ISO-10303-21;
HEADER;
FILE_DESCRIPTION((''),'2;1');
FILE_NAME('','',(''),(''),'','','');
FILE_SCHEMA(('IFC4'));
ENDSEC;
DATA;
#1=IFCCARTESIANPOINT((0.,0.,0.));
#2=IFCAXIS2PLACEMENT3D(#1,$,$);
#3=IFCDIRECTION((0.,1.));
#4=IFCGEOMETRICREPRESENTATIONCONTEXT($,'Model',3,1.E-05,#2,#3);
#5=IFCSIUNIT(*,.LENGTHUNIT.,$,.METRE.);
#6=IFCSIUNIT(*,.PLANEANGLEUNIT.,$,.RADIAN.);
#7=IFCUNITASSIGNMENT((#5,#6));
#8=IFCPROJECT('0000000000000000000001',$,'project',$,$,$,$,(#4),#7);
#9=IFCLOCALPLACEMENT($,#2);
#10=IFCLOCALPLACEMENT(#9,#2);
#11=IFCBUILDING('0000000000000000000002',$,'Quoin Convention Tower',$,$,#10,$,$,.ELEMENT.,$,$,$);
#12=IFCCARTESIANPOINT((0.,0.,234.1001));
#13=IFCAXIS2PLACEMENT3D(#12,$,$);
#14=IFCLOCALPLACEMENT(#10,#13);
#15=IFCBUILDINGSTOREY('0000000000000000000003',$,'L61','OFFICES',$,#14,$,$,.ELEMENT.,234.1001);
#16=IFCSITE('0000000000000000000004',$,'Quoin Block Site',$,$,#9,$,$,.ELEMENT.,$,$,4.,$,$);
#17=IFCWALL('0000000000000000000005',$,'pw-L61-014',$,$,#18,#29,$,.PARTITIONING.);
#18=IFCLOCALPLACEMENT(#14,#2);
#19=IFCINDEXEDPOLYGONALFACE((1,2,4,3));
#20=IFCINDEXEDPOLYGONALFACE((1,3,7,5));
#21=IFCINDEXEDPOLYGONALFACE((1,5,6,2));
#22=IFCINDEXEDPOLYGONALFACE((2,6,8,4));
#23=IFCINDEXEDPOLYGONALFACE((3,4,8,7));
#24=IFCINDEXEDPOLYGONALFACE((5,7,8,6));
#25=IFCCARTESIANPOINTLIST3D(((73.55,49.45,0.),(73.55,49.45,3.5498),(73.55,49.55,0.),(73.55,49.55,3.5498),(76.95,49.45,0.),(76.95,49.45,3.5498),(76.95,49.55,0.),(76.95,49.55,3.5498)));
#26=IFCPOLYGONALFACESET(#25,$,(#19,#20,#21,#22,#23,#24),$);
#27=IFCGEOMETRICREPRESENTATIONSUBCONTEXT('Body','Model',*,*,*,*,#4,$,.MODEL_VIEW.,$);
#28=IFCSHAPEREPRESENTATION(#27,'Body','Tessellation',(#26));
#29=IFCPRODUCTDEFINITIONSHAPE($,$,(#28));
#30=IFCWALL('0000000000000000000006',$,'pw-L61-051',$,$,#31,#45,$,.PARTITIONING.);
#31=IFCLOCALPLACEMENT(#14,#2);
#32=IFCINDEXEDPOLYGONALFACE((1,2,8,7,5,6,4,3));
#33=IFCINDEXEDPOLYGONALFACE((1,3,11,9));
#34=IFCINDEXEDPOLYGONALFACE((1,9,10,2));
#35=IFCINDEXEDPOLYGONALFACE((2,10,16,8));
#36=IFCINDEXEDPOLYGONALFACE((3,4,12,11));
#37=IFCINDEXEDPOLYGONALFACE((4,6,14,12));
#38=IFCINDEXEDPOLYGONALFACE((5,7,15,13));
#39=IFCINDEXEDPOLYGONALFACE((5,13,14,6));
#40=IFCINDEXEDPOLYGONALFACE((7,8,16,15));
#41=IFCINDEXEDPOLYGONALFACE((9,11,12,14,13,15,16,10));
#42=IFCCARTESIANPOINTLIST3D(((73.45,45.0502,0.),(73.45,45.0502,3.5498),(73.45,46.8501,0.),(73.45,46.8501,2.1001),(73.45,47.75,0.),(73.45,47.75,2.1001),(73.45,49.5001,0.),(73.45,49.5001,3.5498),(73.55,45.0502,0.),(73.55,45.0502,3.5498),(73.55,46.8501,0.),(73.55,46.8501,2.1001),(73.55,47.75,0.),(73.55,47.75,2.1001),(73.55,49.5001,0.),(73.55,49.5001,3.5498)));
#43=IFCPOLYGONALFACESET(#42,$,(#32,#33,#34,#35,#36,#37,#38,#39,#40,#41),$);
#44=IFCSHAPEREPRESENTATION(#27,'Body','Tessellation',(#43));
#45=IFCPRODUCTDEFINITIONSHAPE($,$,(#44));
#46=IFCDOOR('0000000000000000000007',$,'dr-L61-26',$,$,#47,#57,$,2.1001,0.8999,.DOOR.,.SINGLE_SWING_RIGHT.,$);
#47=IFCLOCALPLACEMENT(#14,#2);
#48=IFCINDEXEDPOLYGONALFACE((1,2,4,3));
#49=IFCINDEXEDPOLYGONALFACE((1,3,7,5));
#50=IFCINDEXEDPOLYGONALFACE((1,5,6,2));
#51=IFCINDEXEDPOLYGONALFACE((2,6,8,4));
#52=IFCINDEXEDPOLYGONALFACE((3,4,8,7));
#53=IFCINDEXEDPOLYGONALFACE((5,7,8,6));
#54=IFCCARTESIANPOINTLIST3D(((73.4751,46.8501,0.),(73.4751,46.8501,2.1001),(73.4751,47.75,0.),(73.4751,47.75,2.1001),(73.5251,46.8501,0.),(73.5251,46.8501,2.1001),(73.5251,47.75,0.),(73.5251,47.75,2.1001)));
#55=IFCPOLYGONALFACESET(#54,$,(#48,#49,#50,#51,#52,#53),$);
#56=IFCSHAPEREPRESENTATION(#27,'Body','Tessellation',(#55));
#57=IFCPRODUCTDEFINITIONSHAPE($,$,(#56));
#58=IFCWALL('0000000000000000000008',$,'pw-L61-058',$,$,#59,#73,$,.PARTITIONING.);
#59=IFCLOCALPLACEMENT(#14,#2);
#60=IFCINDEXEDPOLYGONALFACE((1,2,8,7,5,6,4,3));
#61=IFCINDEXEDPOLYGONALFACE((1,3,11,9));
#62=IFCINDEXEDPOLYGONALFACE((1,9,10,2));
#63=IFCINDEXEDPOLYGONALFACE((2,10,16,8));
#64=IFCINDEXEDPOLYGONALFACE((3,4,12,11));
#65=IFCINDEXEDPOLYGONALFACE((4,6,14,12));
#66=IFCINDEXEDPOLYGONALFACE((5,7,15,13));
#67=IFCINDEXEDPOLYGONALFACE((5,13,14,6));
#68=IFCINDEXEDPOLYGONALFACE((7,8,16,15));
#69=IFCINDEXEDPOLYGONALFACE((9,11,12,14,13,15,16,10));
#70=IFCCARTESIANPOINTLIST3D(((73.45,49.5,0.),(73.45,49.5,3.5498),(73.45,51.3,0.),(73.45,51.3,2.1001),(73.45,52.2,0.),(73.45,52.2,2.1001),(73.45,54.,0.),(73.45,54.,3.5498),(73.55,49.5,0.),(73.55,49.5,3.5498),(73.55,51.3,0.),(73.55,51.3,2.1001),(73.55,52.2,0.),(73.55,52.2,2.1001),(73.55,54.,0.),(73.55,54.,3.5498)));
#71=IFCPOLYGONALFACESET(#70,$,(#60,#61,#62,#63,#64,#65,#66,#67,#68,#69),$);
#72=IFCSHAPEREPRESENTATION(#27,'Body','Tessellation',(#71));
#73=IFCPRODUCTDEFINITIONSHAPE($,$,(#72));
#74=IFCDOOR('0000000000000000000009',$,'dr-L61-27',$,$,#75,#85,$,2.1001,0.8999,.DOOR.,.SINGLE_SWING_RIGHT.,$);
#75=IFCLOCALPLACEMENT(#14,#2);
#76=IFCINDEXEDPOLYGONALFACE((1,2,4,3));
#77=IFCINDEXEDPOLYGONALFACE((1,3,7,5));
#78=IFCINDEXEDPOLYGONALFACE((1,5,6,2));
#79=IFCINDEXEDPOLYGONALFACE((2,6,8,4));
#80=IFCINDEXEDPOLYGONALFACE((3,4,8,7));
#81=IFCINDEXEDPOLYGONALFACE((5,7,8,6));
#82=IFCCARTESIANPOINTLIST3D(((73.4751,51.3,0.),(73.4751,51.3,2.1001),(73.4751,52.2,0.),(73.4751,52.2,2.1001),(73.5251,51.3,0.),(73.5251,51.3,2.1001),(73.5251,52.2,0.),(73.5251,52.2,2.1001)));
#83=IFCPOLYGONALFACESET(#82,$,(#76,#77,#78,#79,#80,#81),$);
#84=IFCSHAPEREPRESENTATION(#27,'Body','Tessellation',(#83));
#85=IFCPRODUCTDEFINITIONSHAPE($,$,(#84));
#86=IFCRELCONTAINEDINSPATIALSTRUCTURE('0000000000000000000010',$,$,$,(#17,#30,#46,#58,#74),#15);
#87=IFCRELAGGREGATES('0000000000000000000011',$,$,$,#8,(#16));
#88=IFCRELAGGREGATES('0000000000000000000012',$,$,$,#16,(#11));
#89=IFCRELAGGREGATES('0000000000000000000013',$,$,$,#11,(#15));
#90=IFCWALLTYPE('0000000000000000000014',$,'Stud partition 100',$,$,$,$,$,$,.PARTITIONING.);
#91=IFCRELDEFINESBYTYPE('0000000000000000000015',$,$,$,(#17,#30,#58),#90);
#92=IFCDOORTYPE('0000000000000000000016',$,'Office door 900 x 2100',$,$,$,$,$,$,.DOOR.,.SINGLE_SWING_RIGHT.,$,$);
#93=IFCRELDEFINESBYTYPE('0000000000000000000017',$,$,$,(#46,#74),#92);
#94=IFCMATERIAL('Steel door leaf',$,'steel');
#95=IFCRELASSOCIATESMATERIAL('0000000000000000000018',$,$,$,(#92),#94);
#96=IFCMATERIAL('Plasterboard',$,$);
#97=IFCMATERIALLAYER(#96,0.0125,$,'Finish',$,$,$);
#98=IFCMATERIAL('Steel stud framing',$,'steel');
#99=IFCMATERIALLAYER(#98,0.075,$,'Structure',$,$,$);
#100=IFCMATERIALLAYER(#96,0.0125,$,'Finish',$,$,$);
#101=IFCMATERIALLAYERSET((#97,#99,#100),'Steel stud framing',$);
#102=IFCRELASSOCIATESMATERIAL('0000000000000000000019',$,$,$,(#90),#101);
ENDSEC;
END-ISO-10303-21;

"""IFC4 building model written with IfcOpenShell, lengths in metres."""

from ifc_helpers import new_model, si_unit, direction, frame, frame_2d, origin, place, context, subcontext, project, spatial, rectangle, extrude, material, layer, layer_set, type_object, element, fill, save


model = new_model("IFC4")

# Units and contexts
model_context = context("Model", 3, precision=1e-05, world=origin(), true_north=direction((0.0, 1.0)))
body_context = subcontext(model_context, "Body", "Model", "MODEL_VIEW")
ifc_project = project(units=[si_unit("LENGTHUNIT", "METRE"), si_unit("PLANEANGLEUNIT", "RADIAN")], contexts=[model_context])

# Site, building, storey
site_placement = place(None, origin())
site = spatial("IfcSite", under=ifc_project, at=site_placement, Name="Quoin Block Site", CompositionType="ELEMENT", RefElevation=4.0)
building_placement = place(site_placement, origin())
building = spatial("IfcBuilding", under=site, at=building_placement, Name="Quoin Convention Tower", CompositionType="ELEMENT")
storey_placement = place(building_placement, frame((0.0, 0.0, 234.1001)))
storey = spatial("IfcBuildingStorey", under=building, at=storey_placement, Name="L61", Description="OFFICES", CompositionType="ELEMENT", Elevation=234.1001)

# Shared definitions
ifc_material_1 = material(Name="Plasterboard")
ifc_material_2 = material(Name="Steel stud framing", Category="steel")

# Shared definitions
ifc_material_3 = material(Name="Steel door leaf", Category="steel")
door_type = type_object("IfcDoorType", Name="Office door 900 x 2100", OperationType="SINGLE_SWING_RIGHT", PredefinedType="DOOR", material=ifc_material_3)

# Wall
ifc_layer_1 = layer(ifc_material_1, 0.0125, Name="Finish")
ifc_layer_2 = layer(ifc_material_2, 0.075, Name="Structure")
ifc_layer_3 = layer(ifc_material_1, 0.0125, Name="Finish")
ifc_layer_set_1 = layer_set([ifc_layer_1, ifc_layer_2, ifc_layer_3], Name="Steel stud framing")
wall_type_1 = type_object("IfcWallType", Name="Stud partition 100", PredefinedType="PARTITIONING", material=ifc_layer_set_1)
wall_1_placement = place(storey_placement, frame((73.55, 49.5, 0.0), z_axis=(0.0, 0.0, 1.0), x_axis=(1.0, 0.0, 0.0)))
element("IfcWall", 1, at=wall_1_placement, inside=storey, type_object=wall_type_1, Name="pw-L61-014", PredefinedType="PARTITIONING", context=body_context, shape_type="SweptSolid", body=[
    extrude(rectangle(XDim=3.3999, YDim=0.1001, at=frame_2d((1.7, 0.0))), origin(), (0.0, 0.0, 1.0), 3.5498),
])

# Walls, openings, doors
wall_2_placement = place(storey_placement, frame((73.5, 45.05, 0.0), z_axis=(0.0, 0.0, 1.0), x_axis=(0.0, 1.0, 0.0)))
wall_2 = element("IfcWall", 2, at=wall_2_placement, inside=storey, type_object=wall_type_1, Name="pw-L61-051", PredefinedType="PARTITIONING", context=body_context, shape_type="SweptSolid", body=[
    extrude(rectangle(XDim=4.45, YDim=0.1001, at=frame_2d((2.2251, 0.0))), origin(), (0.0, 0.0, 1.0), 3.5498),
])
opening_1_placement = place(wall_2_placement, frame((1.8, 0.0, 0.0)))
opening_1 = element("IfcOpeningElement", 3, at=opening_1_placement, cuts=wall_2, PredefinedType="OPENING", context=body_context, shape_type="SweptSolid", body=[
    extrude(rectangle(XDim=0.8999, YDim=2.1001, at=frame_2d((0.45, 1.05))), frame((0.0, 0.0601, 0.0), z_axis=(0.0, -1.0, 0.0), x_axis=(1.0, 0.0, 0.0)), (0.0, 0.0, 1.0), 0.1201),
])
door_1_placement = place(opening_1_placement, origin())
door_1 = element("IfcDoor", 4, at=door_1_placement, inside=storey, type_object=door_type, Name="dr-L61-26", OperationType="SINGLE_SWING_RIGHT", OverallHeight=2.1001, OverallWidth=0.8999, PredefinedType="DOOR", context=body_context, shape_type="SweptSolid", body=[
    extrude(rectangle(XDim=0.8999, YDim=2.1001, at=frame_2d((0.45, 1.05))), frame((0.0, 0.0249, 0.0), z_axis=(0.0, -1.0, 0.0), x_axis=(1.0, 0.0, 0.0)), (0.0, 0.0, 1.0), 0.05),
])
fill(opening_1, door_1)
wall_3_placement = place(storey_placement, frame((73.5, 49.5, 0.0), z_axis=(0.0, 0.0, 1.0), x_axis=(0.0, 1.0, 0.0)))
wall_3 = element("IfcWall", 5, at=wall_3_placement, inside=storey, type_object=wall_type_1, Name="pw-L61-058", PredefinedType="PARTITIONING", context=body_context, shape_type="SweptSolid", body=[
    extrude(rectangle(XDim=4.5, YDim=0.1001, at=frame_2d((2.25, 0.0))), origin(), (0.0, 0.0, 1.0), 3.5498),
])
opening_2_placement = place(wall_3_placement, frame((1.8, 0.0, 0.0)))
opening_2 = element("IfcOpeningElement", 6, at=opening_2_placement, cuts=wall_3, PredefinedType="OPENING", context=body_context, shape_type="SweptSolid", body=[
    extrude(rectangle(XDim=0.8999, YDim=2.1001, at=frame_2d((0.45, 1.05))), frame((0.0, 0.0601, 0.0), z_axis=(0.0, -1.0, 0.0), x_axis=(1.0, 0.0, 0.0)), (0.0, 0.0, 1.0), 0.1201),
])
door_2_placement = place(opening_2_placement, origin())
door_2 = element("IfcDoor", 7, at=door_2_placement, inside=storey, type_object=door_type, Name="dr-L61-27", OperationType="SINGLE_SWING_RIGHT", OverallHeight=2.1001, OverallWidth=0.8999, PredefinedType="DOOR", context=body_context, shape_type="SweptSolid", body=[
    extrude(rectangle(XDim=0.8999, YDim=2.1001, at=frame_2d((0.45, 1.05))), frame((0.0, 0.0249, 0.0), z_axis=(0.0, -1.0, 0.0), x_axis=(1.0, 0.0, 0.0)), (0.0, 0.0, 1.0), 0.05),
])
fill(opening_2, door_2)

save(model, "model.ifc")
